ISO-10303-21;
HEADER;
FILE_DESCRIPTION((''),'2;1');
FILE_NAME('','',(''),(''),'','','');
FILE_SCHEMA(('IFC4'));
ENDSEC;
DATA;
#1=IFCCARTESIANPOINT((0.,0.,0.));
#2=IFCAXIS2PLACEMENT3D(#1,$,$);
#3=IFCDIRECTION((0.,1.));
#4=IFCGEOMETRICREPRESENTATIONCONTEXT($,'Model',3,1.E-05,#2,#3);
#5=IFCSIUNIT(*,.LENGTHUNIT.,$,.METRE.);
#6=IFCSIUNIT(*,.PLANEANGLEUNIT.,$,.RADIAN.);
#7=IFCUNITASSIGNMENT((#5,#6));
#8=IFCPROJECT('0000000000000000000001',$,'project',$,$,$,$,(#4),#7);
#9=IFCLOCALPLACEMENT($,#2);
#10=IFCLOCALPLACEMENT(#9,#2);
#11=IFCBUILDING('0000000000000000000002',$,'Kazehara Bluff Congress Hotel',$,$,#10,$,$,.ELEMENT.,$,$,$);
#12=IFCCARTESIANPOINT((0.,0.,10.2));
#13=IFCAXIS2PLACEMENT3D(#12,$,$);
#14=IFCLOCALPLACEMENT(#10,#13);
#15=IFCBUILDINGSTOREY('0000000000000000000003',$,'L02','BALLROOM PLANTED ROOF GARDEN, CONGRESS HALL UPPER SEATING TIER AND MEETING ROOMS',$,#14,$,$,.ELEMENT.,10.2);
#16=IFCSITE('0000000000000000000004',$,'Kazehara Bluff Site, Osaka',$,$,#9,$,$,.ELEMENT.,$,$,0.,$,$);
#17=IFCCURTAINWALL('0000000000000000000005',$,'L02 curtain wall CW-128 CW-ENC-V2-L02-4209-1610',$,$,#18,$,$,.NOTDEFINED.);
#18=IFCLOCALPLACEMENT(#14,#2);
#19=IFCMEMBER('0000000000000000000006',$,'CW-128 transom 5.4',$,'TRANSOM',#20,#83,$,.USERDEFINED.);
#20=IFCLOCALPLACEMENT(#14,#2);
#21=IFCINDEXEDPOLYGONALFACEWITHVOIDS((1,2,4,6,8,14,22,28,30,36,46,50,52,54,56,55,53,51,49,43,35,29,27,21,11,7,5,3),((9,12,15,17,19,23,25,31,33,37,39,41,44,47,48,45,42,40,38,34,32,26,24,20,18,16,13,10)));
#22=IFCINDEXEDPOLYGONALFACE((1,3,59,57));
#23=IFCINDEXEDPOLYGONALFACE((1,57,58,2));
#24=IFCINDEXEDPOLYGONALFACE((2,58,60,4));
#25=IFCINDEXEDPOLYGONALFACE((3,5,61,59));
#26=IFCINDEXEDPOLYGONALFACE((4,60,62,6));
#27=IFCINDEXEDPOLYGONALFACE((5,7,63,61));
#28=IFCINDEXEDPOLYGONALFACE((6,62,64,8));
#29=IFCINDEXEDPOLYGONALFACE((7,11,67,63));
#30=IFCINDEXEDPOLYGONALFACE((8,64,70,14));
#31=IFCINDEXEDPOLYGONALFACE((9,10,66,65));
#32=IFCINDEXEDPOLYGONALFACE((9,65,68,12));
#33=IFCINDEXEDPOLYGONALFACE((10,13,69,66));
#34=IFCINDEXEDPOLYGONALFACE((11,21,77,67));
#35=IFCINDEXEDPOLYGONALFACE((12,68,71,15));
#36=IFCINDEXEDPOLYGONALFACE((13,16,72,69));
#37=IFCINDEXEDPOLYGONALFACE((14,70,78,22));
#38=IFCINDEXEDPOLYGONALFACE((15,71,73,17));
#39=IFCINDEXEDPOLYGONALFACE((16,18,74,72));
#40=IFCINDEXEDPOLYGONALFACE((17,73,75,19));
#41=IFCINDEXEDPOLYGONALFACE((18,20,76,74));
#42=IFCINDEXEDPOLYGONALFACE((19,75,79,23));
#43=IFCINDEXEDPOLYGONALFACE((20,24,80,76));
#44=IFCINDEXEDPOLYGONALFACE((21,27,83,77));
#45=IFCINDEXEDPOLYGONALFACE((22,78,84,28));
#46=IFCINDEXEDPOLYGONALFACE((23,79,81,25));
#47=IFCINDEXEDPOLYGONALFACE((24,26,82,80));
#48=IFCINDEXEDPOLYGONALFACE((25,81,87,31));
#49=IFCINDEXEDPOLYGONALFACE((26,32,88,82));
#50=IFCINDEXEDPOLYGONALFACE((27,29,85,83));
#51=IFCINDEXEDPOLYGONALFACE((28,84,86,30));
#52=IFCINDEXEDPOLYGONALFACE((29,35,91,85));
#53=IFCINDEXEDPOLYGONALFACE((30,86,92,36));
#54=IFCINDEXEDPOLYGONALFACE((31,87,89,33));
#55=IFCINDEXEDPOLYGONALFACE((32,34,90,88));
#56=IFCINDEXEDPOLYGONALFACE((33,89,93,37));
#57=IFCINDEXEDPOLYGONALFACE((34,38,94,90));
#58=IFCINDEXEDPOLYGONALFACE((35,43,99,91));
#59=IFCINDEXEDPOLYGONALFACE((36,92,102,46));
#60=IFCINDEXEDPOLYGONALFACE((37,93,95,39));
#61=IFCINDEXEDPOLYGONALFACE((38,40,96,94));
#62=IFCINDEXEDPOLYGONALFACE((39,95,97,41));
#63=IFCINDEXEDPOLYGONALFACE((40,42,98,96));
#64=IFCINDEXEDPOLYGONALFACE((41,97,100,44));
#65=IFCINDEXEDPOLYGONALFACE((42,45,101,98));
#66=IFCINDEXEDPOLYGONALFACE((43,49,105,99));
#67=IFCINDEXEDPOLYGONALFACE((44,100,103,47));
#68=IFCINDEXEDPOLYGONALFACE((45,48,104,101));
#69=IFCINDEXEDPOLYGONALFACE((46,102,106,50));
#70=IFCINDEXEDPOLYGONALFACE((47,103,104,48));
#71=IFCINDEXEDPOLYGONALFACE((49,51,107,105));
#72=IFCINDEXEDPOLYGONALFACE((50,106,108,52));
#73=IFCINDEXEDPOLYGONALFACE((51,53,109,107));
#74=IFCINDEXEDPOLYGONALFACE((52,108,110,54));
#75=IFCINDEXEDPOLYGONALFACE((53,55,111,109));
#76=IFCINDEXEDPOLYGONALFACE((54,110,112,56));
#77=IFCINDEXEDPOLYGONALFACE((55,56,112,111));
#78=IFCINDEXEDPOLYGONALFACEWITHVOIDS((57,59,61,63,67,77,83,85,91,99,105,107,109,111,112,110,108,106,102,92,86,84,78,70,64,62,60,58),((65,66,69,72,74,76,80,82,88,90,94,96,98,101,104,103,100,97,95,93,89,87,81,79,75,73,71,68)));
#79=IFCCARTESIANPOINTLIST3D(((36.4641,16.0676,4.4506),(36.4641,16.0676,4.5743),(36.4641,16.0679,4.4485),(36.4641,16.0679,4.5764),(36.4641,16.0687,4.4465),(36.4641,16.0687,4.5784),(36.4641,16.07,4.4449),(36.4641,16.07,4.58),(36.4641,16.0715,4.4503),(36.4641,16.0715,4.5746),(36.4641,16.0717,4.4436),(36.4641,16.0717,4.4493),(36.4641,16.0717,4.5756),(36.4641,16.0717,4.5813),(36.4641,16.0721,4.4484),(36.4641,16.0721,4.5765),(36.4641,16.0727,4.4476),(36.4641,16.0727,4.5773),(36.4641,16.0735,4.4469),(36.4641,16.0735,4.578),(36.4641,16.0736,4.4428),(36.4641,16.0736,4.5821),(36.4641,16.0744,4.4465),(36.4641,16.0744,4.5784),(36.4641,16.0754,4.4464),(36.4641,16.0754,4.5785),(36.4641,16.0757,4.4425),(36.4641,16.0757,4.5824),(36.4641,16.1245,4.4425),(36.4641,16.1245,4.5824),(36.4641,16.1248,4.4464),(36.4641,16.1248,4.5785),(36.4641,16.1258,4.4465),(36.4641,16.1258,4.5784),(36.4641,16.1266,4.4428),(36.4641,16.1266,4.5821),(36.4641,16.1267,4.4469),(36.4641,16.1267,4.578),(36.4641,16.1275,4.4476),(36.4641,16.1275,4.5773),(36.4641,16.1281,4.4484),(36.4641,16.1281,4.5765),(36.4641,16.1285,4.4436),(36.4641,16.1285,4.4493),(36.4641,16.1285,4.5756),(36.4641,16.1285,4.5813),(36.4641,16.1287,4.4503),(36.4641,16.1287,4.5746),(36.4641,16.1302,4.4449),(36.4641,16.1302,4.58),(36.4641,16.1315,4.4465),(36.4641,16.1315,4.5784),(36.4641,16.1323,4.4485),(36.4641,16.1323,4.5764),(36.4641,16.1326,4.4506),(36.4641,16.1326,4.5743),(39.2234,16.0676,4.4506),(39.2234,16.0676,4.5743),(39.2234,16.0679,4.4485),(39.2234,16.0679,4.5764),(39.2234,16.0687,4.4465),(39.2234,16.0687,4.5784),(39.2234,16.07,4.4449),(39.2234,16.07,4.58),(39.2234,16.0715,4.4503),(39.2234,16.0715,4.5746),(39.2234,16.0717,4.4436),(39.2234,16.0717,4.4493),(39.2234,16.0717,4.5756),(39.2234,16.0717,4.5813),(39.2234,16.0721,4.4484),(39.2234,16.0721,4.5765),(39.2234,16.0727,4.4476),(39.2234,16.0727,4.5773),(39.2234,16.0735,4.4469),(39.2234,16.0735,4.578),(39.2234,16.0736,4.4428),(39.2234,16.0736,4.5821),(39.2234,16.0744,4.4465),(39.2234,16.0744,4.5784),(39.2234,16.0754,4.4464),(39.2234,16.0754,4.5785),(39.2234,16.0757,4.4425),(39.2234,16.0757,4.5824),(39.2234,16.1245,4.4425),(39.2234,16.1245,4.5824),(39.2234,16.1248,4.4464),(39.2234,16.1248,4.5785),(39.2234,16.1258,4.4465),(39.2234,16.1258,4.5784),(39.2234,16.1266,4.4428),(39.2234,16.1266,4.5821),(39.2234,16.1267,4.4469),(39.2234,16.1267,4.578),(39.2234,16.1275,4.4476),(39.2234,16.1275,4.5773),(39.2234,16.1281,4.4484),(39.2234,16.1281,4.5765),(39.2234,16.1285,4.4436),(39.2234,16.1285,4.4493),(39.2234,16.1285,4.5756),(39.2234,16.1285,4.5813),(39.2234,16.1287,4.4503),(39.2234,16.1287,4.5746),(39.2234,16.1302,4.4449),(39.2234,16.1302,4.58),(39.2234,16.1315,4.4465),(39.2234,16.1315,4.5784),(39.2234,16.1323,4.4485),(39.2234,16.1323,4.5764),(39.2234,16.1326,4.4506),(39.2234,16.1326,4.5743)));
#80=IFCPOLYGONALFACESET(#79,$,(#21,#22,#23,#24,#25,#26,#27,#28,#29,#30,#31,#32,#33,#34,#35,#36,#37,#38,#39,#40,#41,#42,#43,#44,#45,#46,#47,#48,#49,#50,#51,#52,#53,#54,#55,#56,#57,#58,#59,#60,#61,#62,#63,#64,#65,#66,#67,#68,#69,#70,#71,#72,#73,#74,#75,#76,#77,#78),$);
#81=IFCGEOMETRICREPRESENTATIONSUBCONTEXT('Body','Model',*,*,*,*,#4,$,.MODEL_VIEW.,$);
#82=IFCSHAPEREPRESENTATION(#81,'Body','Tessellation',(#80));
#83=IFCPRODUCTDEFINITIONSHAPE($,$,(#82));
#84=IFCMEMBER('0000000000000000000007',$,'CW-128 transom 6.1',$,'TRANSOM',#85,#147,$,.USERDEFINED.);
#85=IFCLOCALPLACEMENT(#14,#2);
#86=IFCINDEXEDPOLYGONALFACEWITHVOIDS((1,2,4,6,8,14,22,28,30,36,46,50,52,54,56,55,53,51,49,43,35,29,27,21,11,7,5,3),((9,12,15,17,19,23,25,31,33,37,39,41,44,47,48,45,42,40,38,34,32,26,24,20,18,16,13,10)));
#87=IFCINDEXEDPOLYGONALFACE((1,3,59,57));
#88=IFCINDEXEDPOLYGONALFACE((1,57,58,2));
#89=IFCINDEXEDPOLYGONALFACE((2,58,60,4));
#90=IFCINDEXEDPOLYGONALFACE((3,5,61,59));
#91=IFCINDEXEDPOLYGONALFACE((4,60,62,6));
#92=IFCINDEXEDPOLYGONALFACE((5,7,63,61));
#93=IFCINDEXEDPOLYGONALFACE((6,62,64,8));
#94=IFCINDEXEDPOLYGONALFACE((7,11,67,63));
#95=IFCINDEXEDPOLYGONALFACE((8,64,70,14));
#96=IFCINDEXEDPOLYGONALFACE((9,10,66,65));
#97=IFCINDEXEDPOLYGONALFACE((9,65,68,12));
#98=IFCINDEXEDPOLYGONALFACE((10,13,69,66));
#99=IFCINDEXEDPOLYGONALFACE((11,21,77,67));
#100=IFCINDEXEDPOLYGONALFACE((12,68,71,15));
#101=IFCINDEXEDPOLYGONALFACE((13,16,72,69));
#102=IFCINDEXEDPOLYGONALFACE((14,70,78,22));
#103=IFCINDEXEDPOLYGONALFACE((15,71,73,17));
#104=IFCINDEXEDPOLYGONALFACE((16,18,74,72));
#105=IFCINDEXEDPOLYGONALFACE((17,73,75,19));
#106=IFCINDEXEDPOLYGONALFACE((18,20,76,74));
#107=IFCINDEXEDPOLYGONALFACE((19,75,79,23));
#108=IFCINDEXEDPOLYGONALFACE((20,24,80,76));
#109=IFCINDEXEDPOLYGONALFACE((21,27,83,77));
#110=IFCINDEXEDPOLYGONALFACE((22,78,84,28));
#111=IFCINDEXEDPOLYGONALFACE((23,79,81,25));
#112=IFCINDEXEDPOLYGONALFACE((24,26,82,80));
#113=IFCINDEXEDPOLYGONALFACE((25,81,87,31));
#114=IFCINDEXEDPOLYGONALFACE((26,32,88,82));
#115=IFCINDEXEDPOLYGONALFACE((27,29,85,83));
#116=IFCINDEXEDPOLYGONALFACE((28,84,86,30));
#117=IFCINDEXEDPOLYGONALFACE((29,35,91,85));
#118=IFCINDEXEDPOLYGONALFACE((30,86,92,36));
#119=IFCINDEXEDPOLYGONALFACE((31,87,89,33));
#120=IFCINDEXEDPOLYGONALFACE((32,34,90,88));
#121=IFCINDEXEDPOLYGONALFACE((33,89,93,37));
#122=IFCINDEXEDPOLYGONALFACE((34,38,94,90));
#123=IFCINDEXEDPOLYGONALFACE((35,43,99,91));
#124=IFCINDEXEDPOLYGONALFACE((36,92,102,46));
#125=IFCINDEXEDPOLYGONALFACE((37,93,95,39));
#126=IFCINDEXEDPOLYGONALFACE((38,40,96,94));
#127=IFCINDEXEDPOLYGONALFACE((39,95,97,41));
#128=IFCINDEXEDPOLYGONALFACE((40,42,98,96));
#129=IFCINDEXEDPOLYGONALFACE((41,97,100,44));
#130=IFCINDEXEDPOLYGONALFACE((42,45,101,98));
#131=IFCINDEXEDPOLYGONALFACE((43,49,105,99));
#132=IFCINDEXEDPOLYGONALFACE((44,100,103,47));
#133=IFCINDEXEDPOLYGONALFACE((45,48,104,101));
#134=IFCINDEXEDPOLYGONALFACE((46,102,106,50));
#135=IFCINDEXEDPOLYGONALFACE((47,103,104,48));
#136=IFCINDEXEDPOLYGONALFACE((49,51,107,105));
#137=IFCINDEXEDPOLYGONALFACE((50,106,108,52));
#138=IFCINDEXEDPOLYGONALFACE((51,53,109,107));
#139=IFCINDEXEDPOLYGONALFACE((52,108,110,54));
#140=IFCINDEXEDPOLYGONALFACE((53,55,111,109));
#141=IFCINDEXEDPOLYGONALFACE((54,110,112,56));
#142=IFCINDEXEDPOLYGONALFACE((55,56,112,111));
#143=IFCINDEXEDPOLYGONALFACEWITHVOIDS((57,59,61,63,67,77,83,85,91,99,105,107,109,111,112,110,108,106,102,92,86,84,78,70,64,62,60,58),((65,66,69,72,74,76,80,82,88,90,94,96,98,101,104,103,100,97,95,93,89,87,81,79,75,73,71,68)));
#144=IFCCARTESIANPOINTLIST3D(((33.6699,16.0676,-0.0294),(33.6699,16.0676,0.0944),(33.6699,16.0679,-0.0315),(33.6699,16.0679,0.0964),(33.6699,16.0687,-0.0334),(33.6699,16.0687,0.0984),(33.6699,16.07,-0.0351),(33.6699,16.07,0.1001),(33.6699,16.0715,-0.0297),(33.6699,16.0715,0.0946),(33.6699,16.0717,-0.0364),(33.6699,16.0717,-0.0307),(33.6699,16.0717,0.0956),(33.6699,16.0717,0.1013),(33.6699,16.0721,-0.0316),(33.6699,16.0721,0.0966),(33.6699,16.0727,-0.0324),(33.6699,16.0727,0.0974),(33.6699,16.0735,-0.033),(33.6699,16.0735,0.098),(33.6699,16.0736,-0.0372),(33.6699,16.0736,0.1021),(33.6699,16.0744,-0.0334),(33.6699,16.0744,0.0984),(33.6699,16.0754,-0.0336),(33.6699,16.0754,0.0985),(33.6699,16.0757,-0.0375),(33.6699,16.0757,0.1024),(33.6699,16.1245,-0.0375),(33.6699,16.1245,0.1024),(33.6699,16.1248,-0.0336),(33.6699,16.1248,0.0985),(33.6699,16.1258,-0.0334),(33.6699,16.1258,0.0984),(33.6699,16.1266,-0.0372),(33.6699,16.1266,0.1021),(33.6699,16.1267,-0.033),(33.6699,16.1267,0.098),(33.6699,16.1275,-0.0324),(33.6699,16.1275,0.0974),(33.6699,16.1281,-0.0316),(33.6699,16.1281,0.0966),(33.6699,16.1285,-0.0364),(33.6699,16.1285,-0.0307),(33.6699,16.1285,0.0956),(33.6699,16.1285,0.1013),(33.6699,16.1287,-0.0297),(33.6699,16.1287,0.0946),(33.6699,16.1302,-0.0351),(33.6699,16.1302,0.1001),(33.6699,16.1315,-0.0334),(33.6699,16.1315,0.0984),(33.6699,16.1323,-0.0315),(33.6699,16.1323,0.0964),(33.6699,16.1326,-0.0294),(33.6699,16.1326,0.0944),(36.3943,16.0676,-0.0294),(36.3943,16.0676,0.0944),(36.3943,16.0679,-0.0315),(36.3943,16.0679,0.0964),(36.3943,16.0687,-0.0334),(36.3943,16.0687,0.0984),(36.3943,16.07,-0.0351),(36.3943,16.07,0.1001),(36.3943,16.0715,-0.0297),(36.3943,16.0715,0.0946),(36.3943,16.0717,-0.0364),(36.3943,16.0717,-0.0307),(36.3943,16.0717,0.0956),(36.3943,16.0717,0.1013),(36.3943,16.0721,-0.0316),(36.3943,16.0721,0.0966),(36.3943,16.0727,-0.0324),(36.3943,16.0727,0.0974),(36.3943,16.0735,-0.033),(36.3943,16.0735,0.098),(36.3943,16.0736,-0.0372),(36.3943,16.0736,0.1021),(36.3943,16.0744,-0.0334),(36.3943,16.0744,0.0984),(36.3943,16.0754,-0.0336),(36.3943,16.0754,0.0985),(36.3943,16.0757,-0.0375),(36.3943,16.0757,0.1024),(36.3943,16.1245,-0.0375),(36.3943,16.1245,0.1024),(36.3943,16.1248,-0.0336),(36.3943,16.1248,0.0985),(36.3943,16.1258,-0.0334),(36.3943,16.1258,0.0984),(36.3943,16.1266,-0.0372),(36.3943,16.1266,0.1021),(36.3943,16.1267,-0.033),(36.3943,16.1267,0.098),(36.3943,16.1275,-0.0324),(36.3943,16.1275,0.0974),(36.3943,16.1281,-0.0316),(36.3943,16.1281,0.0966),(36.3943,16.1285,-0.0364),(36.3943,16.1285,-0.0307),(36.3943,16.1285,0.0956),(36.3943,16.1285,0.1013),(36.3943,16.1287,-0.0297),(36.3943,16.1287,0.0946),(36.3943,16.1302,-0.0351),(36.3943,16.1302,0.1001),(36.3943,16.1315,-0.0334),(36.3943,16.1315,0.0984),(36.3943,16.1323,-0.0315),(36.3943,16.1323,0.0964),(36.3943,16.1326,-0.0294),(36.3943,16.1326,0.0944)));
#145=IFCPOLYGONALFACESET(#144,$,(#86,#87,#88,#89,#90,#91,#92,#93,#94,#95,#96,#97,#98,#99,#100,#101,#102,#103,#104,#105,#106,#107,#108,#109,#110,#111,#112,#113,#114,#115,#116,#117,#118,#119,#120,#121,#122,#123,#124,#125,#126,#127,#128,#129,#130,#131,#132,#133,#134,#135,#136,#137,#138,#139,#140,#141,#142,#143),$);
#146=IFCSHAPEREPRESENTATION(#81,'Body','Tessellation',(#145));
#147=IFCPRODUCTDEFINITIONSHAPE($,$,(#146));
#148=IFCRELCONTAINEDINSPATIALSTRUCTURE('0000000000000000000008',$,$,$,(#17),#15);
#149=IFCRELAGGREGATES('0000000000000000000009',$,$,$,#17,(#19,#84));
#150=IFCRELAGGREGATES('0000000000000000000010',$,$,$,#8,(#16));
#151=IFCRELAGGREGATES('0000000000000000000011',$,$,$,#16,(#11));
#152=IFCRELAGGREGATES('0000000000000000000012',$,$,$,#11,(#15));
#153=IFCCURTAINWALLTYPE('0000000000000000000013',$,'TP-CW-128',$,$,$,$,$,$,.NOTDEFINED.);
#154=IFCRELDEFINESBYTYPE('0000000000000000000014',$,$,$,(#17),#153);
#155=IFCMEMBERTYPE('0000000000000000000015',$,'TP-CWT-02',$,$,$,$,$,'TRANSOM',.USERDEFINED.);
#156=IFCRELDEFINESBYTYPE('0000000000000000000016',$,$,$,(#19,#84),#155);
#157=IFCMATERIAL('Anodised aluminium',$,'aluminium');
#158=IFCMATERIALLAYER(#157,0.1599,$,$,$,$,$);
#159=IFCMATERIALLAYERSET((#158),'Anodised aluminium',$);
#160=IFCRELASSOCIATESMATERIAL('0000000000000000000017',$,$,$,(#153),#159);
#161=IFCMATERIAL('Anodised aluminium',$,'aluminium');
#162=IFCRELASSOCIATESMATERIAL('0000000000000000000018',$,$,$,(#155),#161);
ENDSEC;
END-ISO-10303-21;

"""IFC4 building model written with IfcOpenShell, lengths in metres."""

from ifc_helpers import new_model, si_unit, direction, frame, origin, origin_2d, place, context, subcontext, project, spatial, hollow_rectangle, extrude, material, layer, layer_set, material_profile, profile_set, type_object, element, aggregate, save


model = new_model("IFC4")

# Units and contexts
model_context = context("Model", 3, precision=1e-05, world=origin(), true_north=direction((0.0, 1.0)))
body_context = subcontext(model_context, "Body", "Model", "MODEL_VIEW")
ifc_project = project(units=[si_unit("LENGTHUNIT", "METRE"), si_unit("PLANEANGLEUNIT", "RADIAN")], contexts=[model_context])

# Site, building, storey
site_placement = place(None, origin())
site = spatial("IfcSite", under=ifc_project, at=site_placement, Name="Kazehara Bluff Site, Osaka", CompositionType="ELEMENT", RefElevation=0.0)
building_placement = place(site_placement, origin())
building = spatial("IfcBuilding", under=site, at=building_placement, Name="Kazehara Bluff Congress Hotel", CompositionType="ELEMENT")
storey_placement = place(building_placement, frame((0.0, 0.0, 10.2)))
storey = spatial("IfcBuildingStorey", under=building, at=storey_placement, Name="L02", Description="BALLROOM PLANTED ROOF GARDEN, CONGRESS HALL UPPER SEATING TIER AND MEETING ROOMS", CompositionType="ELEMENT", Elevation=10.2)

# Curtain wall, members
ifc_material_1 = material(Name="Anodised aluminium", Category="aluminium")
ifc_layer_1 = layer(ifc_material_1, 0.1599)
ifc_layer_set_1 = layer_set([ifc_layer_1], Name="Anodised aluminium")
curtain_wall_type = type_object("IfcCurtainWallType", Name="TP-CW-128", PredefinedType="NOTDEFINED", material=ifc_layer_set_1)
curtain_wall_placement = place(storey_placement, origin())
curtain_wall = element("IfcCurtainWall", 1, at=curtain_wall_placement, inside=storey, type_object=curtain_wall_type, Name="L02 curtain wall CW-128 CW-ENC-V2-L02-4209-1610", PredefinedType="NOTDEFINED")
ifc_material_2 = material(Name="Anodised aluminium", Category="aluminium")
ifc_material_profile_1 = material_profile(ifc_material_2, hollow_rectangle(XDim=0.0649, YDim=0.1399, WallThickness=0.0039, InnerFilletRadius=0.0039, OuterFilletRadius=0.0081, at=origin_2d()))
ifc_profile_set_1 = profile_set([ifc_material_profile_1], Name="Anodised aluminium")
member_type_1 = type_object("IfcMemberType", Name="TP-CWT-02", ElementType="TRANSOM", PredefinedType="USERDEFINED", material=ifc_profile_set_1)
member_1_placement = place(storey_placement, frame((39.2234, 16.1001, 4.5125), z_axis=(-1.0, 0.0, 0.0), x_axis=(0.0, -1.0, 0.0)))
member_1 = element("IfcMember", 2, at=member_1_placement, type_object=member_type_1, Name="CW-128 transom 5.4", ObjectType="TRANSOM", PredefinedType="USERDEFINED", context=body_context, shape_type="SweptSolid", body=[
    extrude(hollow_rectangle(XDim=0.0649, YDim=0.1399, WallThickness=0.0039, InnerFilletRadius=0.0039, OuterFilletRadius=0.0081, at=origin_2d()), origin(), (0.0, 0.0, 1.0), 2.7593),
])
member_2_placement = place(storey_placement, frame((36.3943, 16.1001, 0.0325), z_axis=(-1.0, 0.0, 0.0), x_axis=(0.0, -1.0, 0.0)))
member_2 = element("IfcMember", 3, at=member_2_placement, type_object=member_type_1, Name="CW-128 transom 6.1", ObjectType="TRANSOM", PredefinedType="USERDEFINED", context=body_context, shape_type="SweptSolid", body=[
    extrude(hollow_rectangle(XDim=0.0649, YDim=0.1399, WallThickness=0.0039, InnerFilletRadius=0.0039, OuterFilletRadius=0.0081, at=origin_2d()), origin(), (0.0, 0.0, 1.0), 2.7244),
])
aggregate(curtain_wall, [member_1, member_2])

save(model, "model.ifc")
